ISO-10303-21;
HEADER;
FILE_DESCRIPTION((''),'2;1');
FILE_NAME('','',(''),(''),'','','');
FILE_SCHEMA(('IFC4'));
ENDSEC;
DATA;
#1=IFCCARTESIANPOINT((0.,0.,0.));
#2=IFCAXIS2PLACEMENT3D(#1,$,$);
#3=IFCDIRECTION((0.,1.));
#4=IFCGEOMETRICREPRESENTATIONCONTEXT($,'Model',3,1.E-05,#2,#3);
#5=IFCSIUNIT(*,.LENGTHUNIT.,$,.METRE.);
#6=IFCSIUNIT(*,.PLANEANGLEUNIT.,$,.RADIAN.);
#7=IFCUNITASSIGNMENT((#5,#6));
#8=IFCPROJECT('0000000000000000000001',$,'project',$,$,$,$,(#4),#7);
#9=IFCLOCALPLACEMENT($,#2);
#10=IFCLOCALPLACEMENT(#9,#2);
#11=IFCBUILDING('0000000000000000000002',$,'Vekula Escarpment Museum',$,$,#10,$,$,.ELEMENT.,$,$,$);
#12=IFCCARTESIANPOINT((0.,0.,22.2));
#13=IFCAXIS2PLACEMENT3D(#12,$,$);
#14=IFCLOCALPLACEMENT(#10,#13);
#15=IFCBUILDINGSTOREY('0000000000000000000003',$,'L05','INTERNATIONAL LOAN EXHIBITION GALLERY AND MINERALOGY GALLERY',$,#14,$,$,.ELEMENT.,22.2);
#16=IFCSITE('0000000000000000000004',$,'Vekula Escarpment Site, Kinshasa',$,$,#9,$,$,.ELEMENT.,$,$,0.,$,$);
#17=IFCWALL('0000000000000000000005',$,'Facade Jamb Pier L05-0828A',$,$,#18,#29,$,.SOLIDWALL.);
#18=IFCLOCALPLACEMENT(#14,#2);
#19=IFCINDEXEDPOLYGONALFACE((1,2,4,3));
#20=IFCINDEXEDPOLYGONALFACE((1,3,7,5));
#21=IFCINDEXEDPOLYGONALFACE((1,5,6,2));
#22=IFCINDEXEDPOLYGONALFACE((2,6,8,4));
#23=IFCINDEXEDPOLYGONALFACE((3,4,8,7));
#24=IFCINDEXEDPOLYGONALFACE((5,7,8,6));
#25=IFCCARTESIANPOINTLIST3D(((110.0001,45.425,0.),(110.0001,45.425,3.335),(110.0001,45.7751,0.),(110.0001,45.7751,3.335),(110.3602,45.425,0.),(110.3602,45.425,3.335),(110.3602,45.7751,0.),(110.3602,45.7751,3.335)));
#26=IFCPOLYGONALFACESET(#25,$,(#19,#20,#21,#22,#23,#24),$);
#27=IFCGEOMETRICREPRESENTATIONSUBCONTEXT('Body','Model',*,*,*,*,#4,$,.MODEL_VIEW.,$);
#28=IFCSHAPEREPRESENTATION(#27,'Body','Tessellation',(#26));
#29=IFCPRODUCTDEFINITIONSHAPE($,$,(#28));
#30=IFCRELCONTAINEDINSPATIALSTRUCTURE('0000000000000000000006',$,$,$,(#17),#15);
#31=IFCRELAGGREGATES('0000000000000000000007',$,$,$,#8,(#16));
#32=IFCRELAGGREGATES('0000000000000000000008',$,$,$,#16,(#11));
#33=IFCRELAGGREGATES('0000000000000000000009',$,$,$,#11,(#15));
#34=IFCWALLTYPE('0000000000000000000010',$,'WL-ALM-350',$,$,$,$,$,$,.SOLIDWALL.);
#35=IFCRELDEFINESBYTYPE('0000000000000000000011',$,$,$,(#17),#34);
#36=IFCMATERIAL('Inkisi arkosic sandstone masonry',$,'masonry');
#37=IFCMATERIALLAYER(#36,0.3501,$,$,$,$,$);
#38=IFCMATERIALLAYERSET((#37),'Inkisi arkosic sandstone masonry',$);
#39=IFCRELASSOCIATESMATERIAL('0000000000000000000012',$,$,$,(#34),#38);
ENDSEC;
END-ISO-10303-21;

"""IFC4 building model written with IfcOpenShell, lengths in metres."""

from ifc_helpers import new_model, si_unit, direction, frame, frame_2d, origin, place, context, subcontext, project, spatial, rectangle, extrude, material, layer, layer_set, type_object, element, save


model = new_model("IFC4")

# Units and contexts
model_context = context("Model", 3, precision=1e-05, world=origin(), true_north=direction((0.0, 1.0)))
body_context = subcontext(model_context, "Body", "Model", "MODEL_VIEW")
ifc_project = project(units=[si_unit("LENGTHUNIT", "METRE"), si_unit("PLANEANGLEUNIT", "RADIAN")], contexts=[model_context])

# Site, building, storey
site_placement = place(None, origin())
site = spatial("IfcSite", under=ifc_project, at=site_placement, Name="Vekula Escarpment Site, Kinshasa", CompositionType="ELEMENT", RefElevation=0.0)
building_placement = place(site_placement, origin())
building = spatial("IfcBuilding", under=site, at=building_placement, Name="Vekula Escarpment Museum", CompositionType="ELEMENT")
storey_placement = place(building_placement, frame((0.0, 0.0, 22.2)))
storey = spatial("IfcBuildingStorey", under=building, at=storey_placement, Name="L05", Description="INTERNATIONAL LOAN EXHIBITION GALLERY AND MINERALOGY GALLERY", CompositionType="ELEMENT", Elevation=22.2)

# Wall
ifc_material_1 = material(Name="Inkisi arkosic sandstone masonry", Category="masonry")
ifc_layer_1 = layer(ifc_material_1, 0.3501)
ifc_layer_set_1 = layer_set([ifc_layer_1], Name="Inkisi arkosic sandstone masonry")
wall_type = type_object("IfcWallType", Name="WL-ALM-350", PredefinedType="SOLIDWALL", material=ifc_layer_set_1)
for number, where, z_axis, x_axis, name in (
    (1, (110.0, 45.6001, 0.0), (0.0, 0.0, 1.0), (1.0, 0.0, 0.0), "Facade Jamb Pier L05-0828A"),
):
    element("IfcWall", number, at=place(storey_placement, frame(where, z_axis=z_axis, x_axis=x_axis)), inside=storey, type_object=wall_type, Name=name, PredefinedType="SOLIDWALL", context=body_context, shape_type="SweptSolid", body=[
        extrude(rectangle(XDim=0.3601, YDim=0.3501, at=frame_2d((0.1802, 0.0))), origin(), (0.0, 0.0, 1.0), 3.335),
    ])

save(model, "model.ifc")
